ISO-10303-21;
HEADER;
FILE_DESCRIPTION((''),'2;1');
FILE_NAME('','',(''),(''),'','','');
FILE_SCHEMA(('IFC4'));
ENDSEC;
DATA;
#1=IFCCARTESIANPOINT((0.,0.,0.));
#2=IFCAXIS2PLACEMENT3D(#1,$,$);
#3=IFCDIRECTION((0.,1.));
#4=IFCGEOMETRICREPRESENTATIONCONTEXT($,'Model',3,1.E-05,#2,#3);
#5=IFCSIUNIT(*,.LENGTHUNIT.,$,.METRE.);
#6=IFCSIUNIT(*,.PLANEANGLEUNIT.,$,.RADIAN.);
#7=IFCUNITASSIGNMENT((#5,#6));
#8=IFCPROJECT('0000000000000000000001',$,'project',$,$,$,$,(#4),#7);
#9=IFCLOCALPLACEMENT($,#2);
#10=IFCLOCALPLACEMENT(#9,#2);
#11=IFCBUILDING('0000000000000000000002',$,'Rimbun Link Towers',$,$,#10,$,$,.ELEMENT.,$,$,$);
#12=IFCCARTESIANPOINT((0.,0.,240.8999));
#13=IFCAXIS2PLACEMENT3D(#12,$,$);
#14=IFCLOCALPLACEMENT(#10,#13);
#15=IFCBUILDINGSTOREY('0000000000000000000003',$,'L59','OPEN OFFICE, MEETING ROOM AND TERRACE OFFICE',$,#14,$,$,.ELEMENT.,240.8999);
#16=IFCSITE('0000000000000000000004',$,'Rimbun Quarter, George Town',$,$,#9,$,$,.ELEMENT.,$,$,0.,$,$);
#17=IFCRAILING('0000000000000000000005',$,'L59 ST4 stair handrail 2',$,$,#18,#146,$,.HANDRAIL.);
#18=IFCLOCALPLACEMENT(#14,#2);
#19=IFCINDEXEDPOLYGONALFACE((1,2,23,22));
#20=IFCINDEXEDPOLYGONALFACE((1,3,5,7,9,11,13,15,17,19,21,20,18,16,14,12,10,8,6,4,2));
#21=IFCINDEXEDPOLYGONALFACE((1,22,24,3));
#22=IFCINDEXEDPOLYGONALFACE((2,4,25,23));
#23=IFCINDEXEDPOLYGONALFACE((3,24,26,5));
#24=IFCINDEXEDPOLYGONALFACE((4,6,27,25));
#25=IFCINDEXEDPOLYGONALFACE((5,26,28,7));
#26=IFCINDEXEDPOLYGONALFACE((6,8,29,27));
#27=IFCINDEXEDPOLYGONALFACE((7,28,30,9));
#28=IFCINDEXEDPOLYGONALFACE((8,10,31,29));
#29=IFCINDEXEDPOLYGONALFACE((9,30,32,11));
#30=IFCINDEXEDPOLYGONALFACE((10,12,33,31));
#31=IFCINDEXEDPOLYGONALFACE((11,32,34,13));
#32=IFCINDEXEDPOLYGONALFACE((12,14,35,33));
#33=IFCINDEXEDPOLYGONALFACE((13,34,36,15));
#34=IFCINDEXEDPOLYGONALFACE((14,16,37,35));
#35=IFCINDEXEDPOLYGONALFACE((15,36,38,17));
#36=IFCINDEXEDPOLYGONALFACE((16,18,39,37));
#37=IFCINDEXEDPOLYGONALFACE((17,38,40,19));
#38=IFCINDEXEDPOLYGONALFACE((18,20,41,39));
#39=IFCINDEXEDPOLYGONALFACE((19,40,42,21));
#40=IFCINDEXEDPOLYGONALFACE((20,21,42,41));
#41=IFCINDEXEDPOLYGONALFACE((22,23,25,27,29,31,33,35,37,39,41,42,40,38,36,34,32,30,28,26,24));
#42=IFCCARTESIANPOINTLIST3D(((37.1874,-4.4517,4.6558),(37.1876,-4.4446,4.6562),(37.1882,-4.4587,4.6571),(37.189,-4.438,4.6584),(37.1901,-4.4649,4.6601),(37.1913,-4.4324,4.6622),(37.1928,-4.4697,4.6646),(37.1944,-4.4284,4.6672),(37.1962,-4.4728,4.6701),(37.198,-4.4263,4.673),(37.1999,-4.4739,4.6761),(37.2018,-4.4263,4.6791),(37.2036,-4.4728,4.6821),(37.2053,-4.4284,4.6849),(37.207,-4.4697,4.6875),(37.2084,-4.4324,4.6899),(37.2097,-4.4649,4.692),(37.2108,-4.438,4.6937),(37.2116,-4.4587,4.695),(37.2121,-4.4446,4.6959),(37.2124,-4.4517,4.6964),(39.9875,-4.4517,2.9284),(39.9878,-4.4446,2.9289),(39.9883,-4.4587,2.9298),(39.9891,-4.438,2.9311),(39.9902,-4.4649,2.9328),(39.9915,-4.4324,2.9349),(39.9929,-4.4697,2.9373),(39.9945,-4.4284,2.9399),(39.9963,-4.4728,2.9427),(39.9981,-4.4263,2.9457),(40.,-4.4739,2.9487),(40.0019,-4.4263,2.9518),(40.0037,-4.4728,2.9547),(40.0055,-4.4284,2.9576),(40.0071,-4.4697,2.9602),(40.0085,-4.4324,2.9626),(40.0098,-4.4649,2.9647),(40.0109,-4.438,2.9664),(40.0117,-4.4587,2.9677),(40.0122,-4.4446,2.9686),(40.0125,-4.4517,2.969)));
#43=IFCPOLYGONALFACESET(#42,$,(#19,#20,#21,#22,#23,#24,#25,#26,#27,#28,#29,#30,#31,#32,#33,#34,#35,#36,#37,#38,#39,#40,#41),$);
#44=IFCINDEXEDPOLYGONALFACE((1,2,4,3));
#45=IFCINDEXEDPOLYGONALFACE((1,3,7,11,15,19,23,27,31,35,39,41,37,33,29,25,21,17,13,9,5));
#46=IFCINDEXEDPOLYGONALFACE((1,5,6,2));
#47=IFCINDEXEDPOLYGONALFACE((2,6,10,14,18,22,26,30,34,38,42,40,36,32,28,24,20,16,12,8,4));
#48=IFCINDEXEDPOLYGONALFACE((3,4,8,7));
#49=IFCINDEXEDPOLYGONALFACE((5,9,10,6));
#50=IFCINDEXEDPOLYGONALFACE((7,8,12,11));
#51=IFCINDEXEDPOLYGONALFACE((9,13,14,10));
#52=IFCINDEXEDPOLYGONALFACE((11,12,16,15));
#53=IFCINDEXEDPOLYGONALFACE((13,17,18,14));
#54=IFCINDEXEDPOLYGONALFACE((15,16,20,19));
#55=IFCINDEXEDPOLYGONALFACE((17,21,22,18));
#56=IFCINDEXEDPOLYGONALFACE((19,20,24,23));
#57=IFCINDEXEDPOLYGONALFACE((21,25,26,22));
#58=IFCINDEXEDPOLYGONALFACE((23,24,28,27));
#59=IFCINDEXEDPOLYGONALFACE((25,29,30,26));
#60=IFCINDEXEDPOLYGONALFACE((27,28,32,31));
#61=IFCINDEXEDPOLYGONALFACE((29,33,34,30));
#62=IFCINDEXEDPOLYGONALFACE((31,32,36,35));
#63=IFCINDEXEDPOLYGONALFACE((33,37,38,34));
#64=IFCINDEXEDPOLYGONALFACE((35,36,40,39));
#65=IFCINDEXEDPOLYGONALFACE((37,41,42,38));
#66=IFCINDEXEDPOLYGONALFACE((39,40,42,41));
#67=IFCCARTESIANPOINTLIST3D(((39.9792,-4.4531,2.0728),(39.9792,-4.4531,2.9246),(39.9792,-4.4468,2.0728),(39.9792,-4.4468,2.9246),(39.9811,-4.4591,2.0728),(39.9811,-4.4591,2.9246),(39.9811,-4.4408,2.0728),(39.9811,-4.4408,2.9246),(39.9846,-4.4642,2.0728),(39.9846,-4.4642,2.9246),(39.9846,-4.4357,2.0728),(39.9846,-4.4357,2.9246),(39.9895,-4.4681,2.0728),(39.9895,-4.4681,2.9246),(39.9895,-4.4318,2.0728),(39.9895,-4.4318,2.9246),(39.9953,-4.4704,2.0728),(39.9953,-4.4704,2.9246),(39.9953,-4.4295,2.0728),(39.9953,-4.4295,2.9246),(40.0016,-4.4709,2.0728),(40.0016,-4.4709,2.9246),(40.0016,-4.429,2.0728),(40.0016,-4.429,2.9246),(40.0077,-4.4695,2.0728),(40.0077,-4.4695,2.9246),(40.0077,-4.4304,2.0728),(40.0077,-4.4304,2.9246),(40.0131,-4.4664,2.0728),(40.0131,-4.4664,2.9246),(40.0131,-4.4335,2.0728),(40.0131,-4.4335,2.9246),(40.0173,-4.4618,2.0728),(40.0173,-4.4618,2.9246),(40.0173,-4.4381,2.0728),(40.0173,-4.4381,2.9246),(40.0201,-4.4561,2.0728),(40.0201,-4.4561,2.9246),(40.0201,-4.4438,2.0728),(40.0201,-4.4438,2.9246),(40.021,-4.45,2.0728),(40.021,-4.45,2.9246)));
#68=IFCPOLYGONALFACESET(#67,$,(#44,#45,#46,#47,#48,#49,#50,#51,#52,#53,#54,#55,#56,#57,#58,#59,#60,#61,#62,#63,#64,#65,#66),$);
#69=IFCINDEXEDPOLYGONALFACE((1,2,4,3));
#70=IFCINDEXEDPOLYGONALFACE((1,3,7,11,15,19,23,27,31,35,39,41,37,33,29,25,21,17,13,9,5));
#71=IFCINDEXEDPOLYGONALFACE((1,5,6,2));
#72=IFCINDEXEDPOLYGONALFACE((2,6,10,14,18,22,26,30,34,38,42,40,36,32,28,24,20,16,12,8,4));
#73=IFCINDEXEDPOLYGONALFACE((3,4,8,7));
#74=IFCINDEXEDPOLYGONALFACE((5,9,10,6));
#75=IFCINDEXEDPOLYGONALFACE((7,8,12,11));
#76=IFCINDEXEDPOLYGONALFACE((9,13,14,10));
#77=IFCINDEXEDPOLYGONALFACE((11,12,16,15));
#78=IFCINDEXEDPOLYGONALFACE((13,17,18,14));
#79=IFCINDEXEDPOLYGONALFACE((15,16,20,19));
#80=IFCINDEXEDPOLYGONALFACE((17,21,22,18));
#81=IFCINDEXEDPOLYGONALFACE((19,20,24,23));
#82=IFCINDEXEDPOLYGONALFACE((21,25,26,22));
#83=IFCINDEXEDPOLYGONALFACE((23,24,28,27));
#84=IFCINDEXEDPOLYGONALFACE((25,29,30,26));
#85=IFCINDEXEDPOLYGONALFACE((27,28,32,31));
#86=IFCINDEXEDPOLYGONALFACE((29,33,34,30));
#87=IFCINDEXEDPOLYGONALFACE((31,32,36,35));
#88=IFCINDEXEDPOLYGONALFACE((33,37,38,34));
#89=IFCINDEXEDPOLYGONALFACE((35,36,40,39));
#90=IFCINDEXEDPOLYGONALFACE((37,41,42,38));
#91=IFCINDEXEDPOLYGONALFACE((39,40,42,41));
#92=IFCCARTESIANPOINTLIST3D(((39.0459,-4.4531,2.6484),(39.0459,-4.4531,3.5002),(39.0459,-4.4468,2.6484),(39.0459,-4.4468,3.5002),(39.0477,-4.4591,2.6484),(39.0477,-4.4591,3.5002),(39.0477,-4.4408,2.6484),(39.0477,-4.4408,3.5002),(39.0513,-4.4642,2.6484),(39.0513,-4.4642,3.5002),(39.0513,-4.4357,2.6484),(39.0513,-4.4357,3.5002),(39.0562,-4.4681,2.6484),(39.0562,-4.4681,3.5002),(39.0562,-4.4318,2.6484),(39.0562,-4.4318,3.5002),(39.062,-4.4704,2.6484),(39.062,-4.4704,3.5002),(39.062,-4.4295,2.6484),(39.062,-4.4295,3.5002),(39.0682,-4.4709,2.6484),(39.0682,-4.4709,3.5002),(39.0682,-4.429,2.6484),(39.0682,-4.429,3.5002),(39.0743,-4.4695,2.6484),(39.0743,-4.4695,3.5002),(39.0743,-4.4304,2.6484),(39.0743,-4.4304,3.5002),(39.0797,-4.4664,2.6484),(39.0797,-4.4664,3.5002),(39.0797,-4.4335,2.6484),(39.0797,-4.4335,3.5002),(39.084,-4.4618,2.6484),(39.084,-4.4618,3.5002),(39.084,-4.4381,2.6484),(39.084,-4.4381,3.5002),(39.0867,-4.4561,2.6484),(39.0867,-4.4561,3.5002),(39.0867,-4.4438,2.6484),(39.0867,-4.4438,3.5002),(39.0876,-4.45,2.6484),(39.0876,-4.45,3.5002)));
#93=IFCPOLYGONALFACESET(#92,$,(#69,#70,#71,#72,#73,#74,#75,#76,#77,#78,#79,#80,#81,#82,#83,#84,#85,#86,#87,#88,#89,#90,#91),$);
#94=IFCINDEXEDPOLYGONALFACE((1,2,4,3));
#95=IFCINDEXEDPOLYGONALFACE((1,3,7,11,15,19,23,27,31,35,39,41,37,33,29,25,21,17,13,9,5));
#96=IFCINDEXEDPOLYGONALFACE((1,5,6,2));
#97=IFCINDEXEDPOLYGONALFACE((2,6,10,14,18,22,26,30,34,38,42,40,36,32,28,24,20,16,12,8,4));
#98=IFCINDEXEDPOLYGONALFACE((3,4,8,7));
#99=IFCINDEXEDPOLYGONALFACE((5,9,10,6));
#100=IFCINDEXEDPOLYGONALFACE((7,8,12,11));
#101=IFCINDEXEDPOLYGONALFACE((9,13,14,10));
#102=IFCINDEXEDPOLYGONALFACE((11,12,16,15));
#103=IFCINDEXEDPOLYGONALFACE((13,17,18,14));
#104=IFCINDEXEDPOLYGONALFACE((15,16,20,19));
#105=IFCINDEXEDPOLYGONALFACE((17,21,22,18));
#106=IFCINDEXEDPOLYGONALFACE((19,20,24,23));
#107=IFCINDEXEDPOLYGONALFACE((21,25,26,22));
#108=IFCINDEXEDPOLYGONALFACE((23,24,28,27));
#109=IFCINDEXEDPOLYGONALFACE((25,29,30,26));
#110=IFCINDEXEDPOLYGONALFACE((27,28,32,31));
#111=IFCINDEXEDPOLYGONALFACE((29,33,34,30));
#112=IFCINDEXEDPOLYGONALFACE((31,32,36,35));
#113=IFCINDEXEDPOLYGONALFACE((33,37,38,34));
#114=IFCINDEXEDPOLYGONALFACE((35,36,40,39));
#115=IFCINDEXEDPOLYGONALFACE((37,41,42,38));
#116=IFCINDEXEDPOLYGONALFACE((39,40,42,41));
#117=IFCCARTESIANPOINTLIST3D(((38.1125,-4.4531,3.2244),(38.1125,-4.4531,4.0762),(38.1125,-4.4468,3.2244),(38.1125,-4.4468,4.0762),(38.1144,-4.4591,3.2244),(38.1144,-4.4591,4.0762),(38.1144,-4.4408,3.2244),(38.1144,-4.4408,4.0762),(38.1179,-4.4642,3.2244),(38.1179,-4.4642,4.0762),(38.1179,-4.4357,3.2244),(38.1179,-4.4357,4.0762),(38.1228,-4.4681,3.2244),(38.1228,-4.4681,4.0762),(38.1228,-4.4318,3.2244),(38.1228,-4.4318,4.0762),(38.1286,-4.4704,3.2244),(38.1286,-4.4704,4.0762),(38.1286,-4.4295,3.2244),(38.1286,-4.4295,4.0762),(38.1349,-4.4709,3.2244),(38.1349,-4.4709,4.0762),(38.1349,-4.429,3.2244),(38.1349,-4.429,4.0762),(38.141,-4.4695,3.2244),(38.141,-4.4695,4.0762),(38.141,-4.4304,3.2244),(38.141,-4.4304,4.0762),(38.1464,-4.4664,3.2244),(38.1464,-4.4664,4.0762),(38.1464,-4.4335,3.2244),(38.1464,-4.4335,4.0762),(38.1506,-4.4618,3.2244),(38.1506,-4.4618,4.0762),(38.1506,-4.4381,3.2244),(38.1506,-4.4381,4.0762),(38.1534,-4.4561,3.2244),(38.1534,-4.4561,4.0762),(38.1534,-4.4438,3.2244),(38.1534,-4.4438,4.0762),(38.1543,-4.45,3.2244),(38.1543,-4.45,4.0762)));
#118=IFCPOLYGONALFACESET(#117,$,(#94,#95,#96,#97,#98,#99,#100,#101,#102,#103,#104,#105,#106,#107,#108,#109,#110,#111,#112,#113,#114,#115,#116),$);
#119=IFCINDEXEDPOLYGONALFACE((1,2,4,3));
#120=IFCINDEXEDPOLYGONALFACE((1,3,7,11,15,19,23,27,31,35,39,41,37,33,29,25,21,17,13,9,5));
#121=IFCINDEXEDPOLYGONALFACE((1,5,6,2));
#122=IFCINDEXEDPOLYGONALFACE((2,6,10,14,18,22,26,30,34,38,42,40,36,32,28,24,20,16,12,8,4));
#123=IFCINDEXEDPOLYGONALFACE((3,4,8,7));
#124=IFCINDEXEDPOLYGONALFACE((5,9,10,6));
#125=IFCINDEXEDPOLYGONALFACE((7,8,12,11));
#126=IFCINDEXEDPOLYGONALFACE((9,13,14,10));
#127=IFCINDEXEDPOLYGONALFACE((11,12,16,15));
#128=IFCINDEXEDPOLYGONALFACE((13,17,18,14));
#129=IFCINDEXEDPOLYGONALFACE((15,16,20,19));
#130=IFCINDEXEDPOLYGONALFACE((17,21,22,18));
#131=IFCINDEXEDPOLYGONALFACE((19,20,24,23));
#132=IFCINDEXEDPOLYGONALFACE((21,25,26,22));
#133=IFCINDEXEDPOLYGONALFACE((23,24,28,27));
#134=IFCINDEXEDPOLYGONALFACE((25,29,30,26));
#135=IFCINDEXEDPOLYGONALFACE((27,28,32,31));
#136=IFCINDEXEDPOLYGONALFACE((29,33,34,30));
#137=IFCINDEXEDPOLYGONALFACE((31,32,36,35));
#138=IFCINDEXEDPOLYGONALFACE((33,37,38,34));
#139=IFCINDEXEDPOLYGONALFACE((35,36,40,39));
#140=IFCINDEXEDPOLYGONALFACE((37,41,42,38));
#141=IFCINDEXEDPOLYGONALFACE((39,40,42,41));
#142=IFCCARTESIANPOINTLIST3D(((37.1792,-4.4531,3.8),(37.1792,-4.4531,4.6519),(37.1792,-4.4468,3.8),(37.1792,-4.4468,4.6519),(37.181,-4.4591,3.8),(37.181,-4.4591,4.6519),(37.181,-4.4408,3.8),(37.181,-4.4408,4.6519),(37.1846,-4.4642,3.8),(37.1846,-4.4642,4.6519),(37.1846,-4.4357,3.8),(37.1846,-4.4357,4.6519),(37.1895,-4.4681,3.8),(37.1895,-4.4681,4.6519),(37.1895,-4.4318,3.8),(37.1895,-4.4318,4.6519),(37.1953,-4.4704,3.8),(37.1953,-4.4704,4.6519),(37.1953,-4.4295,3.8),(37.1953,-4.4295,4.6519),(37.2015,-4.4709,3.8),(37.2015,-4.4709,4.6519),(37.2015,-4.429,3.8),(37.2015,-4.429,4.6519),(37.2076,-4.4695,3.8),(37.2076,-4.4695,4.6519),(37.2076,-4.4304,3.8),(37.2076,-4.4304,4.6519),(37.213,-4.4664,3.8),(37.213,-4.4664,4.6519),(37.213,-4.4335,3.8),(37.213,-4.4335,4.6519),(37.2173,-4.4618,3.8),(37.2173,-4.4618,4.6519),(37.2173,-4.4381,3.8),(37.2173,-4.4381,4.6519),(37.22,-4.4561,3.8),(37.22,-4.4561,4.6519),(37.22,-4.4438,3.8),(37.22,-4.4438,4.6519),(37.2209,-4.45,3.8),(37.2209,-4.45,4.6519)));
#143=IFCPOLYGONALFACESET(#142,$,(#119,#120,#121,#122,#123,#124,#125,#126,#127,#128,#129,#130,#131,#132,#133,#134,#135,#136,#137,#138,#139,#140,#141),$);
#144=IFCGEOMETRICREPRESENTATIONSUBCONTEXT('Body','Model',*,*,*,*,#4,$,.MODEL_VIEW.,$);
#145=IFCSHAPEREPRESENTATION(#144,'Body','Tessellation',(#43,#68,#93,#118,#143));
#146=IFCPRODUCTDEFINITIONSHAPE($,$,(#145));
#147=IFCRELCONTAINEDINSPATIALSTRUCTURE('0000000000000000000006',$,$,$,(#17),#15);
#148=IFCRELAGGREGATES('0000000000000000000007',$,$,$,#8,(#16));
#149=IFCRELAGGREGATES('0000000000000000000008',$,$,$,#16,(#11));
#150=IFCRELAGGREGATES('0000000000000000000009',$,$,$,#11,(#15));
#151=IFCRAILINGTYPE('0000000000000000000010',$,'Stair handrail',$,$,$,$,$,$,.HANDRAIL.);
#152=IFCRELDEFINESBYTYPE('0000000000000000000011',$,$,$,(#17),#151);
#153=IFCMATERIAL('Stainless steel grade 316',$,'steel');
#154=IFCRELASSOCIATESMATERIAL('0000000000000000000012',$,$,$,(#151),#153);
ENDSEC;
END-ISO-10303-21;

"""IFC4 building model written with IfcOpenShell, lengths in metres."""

from ifc_helpers import new_model, si_unit, direction, frame, origin, origin_2d, place, context, subcontext, project, spatial, circle, extrude, material, type_object, element, save


model = new_model("IFC4")

# Units and contexts
model_context = context("Model", 3, precision=1e-05, world=origin(), true_north=direction((0.0, 1.0)))
body_context = subcontext(model_context, "Body", "Model", "MODEL_VIEW")
ifc_project = project(units=[si_unit("LENGTHUNIT", "METRE"), si_unit("PLANEANGLEUNIT", "RADIAN")], contexts=[model_context])

# Site, building, storey
site_placement = place(None, origin())
site = spatial("IfcSite", under=ifc_project, at=site_placement, Name="Rimbun Quarter, George Town", CompositionType="ELEMENT", RefElevation=0.0)
building_placement = place(site_placement, origin())
building = spatial("IfcBuilding", under=site, at=building_placement, Name="Rimbun Link Towers", CompositionType="ELEMENT")
storey_placement = place(building_placement, frame((0.0, 0.0, 240.8999)))
storey = spatial("IfcBuildingStorey", under=building, at=storey_placement, Name="L59", Description="OPEN OFFICE, MEETING ROOM AND TERRACE OFFICE", CompositionType="ELEMENT", Elevation=240.8999)

# Railing
ifc_material_1 = material(Name="Stainless steel grade 316", Category="steel")
railing_type_1 = type_object("IfcRailingType", Name="Stair handrail", PredefinedType="HANDRAIL", material=ifc_material_1)
railing_1_placement = place(storey_placement, frame((40.0, -4.45, 2.0728)))
element("IfcRailing", 1, at=railing_1_placement, inside=storey, type_object=railing_type_1, Name="L59 ST4 stair handrail 2", PredefinedType="HANDRAIL", context=body_context, shape_type="SweptSolid", body=[
    extrude(circle(Radius=0.0239, at=origin_2d()), frame((0.0, 0.0, 0.876), z_axis=(-0.85109, 0.0, 0.52502), x_axis=(0.0, -1.0, 0.0)), (0.0, 0.0, 1.0), 3.29),
    extrude(circle(Radius=0.021, at=origin_2d()), origin(), (0.0, 0.0, 1.0), 0.8518),
    extrude(circle(Radius=0.021, at=origin_2d()), frame((-0.9333, 0.0, 0.5757)), (0.0, 0.0, 1.0), 0.8518),
    extrude(circle(Radius=0.021, at=origin_2d()), frame((-1.8667, 0.0, 1.1516)), (0.0, 0.0, 1.0), 0.8518),
    extrude(circle(Radius=0.021, at=origin_2d()), frame((-2.8, 0.0, 1.7273)), (0.0, 0.0, 1.0), 0.8518),
])

save(model, "model.ifc")
